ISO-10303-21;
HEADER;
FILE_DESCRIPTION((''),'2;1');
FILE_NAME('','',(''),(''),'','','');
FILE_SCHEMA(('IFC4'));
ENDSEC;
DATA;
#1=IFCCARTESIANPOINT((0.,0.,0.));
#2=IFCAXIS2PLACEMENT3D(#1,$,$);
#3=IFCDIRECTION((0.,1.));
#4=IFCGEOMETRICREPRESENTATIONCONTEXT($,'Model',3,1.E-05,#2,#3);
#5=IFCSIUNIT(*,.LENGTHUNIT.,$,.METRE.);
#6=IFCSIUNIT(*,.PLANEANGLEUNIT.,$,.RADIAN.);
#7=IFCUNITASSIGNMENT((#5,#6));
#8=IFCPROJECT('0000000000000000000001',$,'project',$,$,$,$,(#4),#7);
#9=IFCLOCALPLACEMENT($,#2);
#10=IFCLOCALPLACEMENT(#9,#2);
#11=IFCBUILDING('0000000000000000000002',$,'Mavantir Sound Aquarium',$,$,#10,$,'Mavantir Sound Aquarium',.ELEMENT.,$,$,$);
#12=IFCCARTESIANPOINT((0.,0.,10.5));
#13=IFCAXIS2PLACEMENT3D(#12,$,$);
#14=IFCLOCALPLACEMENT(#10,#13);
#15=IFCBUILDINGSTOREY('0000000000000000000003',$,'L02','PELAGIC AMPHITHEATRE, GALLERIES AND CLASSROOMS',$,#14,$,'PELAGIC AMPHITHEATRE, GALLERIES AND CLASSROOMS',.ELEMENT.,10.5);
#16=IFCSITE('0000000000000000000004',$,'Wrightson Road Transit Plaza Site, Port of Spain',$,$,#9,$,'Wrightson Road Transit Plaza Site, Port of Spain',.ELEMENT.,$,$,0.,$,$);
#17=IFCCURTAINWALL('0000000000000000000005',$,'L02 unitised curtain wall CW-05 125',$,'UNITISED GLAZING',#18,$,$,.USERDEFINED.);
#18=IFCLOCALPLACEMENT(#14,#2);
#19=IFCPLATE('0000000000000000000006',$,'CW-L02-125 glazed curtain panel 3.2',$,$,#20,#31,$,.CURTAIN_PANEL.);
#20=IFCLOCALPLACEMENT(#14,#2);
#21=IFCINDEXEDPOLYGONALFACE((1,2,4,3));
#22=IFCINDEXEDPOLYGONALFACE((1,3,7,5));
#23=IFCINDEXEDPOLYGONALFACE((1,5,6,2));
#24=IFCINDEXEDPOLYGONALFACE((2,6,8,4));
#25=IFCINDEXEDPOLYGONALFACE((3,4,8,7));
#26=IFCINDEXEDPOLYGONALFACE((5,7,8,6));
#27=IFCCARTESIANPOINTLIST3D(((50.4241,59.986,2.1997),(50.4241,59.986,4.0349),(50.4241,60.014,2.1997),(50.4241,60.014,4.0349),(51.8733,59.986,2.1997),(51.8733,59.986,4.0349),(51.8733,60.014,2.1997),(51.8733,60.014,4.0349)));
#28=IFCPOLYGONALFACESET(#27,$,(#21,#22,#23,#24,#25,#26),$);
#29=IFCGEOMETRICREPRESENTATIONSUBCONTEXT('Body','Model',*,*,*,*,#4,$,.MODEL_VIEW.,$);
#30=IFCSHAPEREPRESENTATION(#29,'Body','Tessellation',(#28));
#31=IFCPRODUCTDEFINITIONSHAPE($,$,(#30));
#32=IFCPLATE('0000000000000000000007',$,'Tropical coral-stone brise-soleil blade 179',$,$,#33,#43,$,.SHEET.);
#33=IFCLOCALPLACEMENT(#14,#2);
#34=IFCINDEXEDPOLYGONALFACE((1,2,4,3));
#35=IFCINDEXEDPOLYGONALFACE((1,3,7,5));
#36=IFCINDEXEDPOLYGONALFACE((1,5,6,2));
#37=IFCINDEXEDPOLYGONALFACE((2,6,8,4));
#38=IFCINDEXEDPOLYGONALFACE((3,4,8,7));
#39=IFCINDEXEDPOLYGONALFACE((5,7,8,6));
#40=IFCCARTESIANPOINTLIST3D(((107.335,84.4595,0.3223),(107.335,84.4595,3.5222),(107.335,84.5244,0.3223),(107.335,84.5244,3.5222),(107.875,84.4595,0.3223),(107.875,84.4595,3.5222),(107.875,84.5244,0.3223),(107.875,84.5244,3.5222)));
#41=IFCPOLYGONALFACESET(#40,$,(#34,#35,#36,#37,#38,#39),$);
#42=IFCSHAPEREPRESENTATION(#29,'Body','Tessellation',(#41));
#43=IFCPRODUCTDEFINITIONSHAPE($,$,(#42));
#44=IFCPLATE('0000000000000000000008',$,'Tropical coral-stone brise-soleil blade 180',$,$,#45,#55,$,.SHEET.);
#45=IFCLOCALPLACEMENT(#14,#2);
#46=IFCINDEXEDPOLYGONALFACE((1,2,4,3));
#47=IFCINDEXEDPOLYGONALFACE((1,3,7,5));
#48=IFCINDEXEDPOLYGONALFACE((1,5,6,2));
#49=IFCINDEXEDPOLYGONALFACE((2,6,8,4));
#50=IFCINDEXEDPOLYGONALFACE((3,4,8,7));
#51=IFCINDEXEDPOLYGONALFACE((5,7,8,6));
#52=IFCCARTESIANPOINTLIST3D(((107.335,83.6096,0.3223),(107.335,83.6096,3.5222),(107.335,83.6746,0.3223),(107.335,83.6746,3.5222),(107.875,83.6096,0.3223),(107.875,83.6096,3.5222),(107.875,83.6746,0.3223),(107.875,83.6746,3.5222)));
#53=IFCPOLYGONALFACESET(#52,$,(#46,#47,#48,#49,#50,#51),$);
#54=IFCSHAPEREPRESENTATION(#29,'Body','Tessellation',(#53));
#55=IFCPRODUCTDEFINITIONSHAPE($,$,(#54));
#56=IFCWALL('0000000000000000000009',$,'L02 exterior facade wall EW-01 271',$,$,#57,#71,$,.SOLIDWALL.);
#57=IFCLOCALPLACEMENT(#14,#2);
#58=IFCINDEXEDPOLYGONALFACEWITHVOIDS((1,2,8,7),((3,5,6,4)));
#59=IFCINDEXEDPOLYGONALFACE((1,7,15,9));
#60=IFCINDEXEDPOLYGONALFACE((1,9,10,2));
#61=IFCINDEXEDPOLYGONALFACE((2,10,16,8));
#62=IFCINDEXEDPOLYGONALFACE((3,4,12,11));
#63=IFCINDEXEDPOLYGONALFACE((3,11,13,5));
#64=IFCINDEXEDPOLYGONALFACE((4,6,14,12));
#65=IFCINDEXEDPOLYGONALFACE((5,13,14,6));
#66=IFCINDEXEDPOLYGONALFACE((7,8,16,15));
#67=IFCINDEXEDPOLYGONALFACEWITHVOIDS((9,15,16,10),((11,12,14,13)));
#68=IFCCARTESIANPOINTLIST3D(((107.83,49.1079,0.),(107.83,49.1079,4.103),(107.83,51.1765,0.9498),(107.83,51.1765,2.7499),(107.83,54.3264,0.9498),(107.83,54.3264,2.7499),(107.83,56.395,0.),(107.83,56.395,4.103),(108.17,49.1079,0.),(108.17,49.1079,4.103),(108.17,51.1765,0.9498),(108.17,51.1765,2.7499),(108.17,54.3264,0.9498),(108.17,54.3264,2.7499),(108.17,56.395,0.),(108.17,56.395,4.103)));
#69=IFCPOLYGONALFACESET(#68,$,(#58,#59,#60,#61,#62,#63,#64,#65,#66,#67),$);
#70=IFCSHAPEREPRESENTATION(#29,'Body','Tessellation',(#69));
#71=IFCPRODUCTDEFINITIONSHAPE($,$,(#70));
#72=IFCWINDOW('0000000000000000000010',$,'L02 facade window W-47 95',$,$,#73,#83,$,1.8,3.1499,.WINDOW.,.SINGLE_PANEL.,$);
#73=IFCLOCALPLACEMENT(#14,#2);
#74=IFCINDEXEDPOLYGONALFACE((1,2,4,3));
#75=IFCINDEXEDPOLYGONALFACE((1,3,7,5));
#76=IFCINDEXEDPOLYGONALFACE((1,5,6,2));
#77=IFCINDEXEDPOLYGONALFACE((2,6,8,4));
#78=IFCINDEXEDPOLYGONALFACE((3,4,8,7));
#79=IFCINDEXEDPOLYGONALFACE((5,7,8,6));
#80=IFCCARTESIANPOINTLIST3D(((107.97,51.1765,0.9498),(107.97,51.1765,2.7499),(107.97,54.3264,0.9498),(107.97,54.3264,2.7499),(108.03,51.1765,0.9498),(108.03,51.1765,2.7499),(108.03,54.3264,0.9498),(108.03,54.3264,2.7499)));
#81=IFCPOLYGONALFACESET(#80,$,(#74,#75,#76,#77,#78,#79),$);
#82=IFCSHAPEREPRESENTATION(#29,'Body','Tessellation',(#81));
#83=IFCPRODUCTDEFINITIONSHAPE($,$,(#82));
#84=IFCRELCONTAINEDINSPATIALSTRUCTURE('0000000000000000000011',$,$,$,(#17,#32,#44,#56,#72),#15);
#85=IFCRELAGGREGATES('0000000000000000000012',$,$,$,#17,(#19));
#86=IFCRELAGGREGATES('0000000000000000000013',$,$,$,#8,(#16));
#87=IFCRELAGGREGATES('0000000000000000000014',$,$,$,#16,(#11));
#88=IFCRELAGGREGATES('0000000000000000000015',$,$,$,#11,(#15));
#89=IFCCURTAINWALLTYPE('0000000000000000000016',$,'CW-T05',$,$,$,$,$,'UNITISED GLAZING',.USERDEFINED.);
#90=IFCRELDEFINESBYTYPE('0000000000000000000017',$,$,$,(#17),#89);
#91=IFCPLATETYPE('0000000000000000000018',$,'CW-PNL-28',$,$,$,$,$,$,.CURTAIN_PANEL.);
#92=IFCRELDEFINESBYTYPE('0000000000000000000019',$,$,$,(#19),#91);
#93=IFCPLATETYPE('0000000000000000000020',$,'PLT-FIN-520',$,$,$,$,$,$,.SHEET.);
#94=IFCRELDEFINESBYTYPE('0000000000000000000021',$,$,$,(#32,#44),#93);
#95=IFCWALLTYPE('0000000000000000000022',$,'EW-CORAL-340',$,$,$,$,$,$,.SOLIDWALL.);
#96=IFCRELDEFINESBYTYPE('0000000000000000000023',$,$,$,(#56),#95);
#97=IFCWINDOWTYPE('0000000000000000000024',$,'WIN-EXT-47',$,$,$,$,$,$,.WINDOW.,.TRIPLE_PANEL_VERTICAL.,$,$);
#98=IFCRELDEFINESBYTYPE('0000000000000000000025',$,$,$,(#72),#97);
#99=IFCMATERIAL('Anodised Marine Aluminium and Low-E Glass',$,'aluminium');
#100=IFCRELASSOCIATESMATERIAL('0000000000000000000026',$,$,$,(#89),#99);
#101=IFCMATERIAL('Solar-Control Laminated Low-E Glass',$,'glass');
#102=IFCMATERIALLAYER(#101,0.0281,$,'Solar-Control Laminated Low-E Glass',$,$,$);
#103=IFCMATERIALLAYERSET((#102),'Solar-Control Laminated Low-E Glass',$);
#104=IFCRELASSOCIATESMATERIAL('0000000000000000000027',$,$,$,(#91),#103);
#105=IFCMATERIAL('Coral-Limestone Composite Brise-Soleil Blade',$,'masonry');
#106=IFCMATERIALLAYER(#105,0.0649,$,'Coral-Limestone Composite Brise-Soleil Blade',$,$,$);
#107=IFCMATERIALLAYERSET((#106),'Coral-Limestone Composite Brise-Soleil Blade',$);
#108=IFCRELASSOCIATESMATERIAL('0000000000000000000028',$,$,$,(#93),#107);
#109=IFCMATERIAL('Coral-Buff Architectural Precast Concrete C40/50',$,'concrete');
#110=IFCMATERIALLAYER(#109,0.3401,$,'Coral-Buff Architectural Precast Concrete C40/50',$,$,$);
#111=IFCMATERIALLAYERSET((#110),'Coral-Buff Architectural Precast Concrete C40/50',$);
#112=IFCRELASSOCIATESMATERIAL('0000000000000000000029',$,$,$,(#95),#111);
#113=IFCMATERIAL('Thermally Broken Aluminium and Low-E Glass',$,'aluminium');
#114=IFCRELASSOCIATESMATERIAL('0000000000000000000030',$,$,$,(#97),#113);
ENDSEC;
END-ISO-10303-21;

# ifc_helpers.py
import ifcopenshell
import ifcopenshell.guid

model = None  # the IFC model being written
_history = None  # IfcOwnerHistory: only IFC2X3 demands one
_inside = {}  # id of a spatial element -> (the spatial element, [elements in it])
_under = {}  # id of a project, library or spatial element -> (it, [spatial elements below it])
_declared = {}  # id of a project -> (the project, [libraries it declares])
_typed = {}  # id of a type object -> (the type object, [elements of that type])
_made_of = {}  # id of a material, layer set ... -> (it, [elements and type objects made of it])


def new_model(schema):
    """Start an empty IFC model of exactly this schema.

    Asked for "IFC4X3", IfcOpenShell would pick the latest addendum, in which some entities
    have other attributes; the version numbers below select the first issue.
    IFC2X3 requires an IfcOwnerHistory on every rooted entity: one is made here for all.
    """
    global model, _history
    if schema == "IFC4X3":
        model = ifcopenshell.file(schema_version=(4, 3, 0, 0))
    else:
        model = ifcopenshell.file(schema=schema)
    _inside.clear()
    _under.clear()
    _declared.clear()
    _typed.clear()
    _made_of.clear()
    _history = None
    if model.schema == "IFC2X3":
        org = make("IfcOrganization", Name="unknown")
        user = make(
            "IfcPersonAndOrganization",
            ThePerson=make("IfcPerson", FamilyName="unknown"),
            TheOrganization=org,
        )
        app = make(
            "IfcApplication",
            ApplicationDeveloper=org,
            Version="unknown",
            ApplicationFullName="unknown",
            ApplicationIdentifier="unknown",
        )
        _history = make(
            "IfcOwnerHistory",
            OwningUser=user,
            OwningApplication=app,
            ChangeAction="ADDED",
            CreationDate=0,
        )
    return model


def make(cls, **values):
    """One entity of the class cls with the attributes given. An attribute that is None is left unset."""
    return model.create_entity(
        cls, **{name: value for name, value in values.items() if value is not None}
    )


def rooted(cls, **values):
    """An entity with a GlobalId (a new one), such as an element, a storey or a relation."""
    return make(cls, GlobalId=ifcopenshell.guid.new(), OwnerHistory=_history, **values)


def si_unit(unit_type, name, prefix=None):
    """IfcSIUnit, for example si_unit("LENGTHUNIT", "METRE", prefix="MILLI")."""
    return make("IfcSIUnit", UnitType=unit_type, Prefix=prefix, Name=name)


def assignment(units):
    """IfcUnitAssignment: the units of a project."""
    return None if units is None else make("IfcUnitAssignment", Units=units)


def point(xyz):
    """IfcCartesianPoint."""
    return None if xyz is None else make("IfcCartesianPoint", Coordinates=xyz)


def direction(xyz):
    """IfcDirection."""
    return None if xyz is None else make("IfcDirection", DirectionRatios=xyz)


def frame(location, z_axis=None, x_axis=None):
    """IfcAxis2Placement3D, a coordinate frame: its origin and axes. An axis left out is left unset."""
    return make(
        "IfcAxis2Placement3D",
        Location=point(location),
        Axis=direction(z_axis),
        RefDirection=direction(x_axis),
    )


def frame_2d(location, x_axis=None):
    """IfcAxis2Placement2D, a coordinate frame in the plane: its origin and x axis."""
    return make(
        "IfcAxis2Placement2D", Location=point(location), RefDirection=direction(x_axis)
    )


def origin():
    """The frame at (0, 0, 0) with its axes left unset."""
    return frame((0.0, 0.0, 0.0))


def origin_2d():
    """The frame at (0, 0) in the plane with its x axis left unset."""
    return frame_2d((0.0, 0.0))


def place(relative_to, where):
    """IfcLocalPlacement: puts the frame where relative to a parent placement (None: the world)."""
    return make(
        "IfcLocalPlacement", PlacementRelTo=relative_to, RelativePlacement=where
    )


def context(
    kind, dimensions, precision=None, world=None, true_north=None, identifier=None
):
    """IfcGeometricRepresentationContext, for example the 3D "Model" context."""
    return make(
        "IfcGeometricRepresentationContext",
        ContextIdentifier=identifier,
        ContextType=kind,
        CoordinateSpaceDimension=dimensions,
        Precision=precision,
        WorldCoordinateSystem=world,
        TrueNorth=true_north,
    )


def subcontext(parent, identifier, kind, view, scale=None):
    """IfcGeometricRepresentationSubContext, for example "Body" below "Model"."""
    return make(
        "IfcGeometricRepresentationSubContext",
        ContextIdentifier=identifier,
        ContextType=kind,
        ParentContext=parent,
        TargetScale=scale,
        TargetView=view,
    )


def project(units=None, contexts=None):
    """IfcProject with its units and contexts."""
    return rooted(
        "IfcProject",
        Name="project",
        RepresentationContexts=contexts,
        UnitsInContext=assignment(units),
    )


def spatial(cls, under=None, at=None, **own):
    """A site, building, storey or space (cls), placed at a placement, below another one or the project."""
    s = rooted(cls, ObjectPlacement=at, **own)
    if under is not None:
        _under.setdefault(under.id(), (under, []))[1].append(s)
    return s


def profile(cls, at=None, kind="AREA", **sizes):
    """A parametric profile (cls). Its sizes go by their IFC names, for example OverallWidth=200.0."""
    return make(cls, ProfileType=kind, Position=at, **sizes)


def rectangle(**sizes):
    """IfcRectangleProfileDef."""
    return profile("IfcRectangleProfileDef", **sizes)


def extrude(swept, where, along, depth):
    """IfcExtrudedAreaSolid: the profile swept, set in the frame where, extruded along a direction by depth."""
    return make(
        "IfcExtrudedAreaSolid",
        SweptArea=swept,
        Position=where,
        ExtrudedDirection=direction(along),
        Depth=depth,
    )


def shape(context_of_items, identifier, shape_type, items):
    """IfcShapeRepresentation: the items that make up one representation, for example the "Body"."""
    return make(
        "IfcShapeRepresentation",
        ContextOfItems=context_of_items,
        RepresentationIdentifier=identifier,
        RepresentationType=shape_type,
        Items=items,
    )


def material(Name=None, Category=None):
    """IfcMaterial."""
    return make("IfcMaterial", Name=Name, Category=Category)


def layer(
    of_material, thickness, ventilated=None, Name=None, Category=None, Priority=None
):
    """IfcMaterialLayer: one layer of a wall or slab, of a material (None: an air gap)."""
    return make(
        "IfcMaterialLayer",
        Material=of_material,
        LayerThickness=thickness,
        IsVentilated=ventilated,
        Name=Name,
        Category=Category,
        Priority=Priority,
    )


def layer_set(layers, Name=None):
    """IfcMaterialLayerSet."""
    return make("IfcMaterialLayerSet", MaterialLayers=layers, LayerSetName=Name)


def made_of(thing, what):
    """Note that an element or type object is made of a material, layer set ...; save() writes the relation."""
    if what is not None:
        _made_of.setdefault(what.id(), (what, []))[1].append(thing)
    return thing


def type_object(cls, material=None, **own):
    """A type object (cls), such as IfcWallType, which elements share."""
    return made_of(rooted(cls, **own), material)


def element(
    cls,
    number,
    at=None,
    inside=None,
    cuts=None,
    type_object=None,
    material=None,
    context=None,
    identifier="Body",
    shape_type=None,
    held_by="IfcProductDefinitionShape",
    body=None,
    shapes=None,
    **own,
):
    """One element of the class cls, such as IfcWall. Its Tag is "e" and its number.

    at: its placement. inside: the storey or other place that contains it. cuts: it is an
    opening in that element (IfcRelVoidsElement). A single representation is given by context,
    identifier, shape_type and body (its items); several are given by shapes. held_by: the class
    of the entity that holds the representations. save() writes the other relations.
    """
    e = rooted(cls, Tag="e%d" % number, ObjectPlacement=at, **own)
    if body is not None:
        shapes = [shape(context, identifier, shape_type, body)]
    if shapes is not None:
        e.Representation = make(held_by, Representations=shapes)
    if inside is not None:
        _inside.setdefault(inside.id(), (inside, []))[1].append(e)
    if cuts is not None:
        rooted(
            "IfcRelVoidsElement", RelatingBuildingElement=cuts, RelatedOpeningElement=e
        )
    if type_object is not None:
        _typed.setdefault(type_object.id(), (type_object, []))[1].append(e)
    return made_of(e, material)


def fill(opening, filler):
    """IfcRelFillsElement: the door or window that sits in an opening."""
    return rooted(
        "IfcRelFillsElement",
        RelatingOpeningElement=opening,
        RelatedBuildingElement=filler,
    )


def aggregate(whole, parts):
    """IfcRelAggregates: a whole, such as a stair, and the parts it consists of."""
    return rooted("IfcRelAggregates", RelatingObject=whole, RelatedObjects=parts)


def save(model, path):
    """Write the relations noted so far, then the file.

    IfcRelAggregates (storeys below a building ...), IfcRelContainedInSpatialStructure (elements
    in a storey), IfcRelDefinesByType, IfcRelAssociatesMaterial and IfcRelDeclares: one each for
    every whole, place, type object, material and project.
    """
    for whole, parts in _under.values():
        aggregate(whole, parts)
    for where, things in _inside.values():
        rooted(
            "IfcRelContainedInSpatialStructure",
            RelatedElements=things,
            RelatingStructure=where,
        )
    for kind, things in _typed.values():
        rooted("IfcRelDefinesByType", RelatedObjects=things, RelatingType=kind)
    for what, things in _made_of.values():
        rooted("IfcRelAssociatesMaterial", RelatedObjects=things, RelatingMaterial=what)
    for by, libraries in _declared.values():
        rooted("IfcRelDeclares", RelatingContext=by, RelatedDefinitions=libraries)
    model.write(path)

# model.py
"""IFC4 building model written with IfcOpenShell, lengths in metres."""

from ifc_helpers import new_model, si_unit, direction, frame, frame_2d, origin, origin_2d, place, context, subcontext, project, spatial, rectangle, extrude, material, layer, layer_set, type_object, element, fill, aggregate, save


model = new_model("IFC4")

# Units and contexts
model_context = context("Model", 3, precision=1e-05, world=origin(), true_north=direction((0.0, 1.0)))
body_context = subcontext(model_context, "Body", "Model", "MODEL_VIEW")
ifc_project = project(units=[si_unit("LENGTHUNIT", "METRE"), si_unit("PLANEANGLEUNIT", "RADIAN")], contexts=[model_context])

# Site, building, storey
site_placement = place(None, origin())
site = spatial("IfcSite", under=ifc_project, at=site_placement, Name="Wrightson Road Transit Plaza Site, Port of Spain", LongName="Wrightson Road Transit Plaza Site, Port of Spain", CompositionType="ELEMENT", RefElevation=0.0)
building_placement = place(site_placement, origin())
building = spatial("IfcBuilding", under=site, at=building_placement, Name="Mavantir Sound Aquarium", LongName="Mavantir Sound Aquarium", CompositionType="ELEMENT")
storey_placement = place(building_placement, frame((0.0, 0.0, 10.5)))
storey = spatial("IfcBuildingStorey", under=building, at=storey_placement, Name="L02", Description="PELAGIC AMPHITHEATRE, GALLERIES AND CLASSROOMS", LongName="PELAGIC AMPHITHEATRE, GALLERIES AND CLASSROOMS", CompositionType="ELEMENT", Elevation=10.5)

# Curtain wall, plate
ifc_material_1 = material(Name="Anodised Marine Aluminium and Low-E Glass", Category="aluminium")
curtain_wall_type = type_object("IfcCurtainWallType", Name="CW-T05", ElementType="UNITISED GLAZING", PredefinedType="USERDEFINED", material=ifc_material_1)
curtain_wall_placement = place(storey_placement, origin())
curtain_wall = element("IfcCurtainWall", 1, at=curtain_wall_placement, inside=storey, type_object=curtain_wall_type, Name="L02 unitised curtain wall CW-05 125", ObjectType="UNITISED GLAZING", PredefinedType="USERDEFINED")
ifc_material_2 = material(Name="Solar-Control Laminated Low-E Glass", Category="glass")
ifc_layer_1 = layer(ifc_material_2, 0.0281, Name="Solar-Control Laminated Low-E Glass")
ifc_layer_set_1 = layer_set([ifc_layer_1], Name="Solar-Control Laminated Low-E Glass")
plate_type_1 = type_object("IfcPlateType", Name="CW-PNL-28", PredefinedType="CURTAIN_PANEL", material=ifc_layer_set_1)
plate_1_placement = place(storey_placement, frame((51.1487, 60.0, 2.1997), z_axis=(0.0, 0.0, 1.0), x_axis=(-1.0, 0.0, 0.0)))
plate_1 = element("IfcPlate", 2, at=plate_1_placement, type_object=plate_type_1, Name="CW-L02-125 glazed curtain panel 3.2", PredefinedType="CURTAIN_PANEL", context=body_context, shape_type="SweptSolid", body=[
    extrude(rectangle(XDim=1.4492, YDim=0.0281, at=origin_2d()), origin(), (0.0, 0.0, 1.0), 1.8352),
])
aggregate(curtain_wall, [plate_1])

# Plates
ifc_material_3 = material(Name="Coral-Limestone Composite Brise-Soleil Blade", Category="masonry")
ifc_layer_2 = layer(ifc_material_3, 0.0649, Name="Coral-Limestone Composite Brise-Soleil Blade")
ifc_layer_set_2 = layer_set([ifc_layer_2], Name="Coral-Limestone Composite Brise-Soleil Blade")
plate_type_2 = type_object("IfcPlateType", Name="PLT-FIN-520", PredefinedType="SHEET", material=ifc_layer_set_2)
for number, where, z_axis, x_axis, name in (
    (3, (107.605, 84.4919, 0.3223), (0.0, 0.0, 1.0), (0.0, 1.0, 0.0), "Tropical coral-stone brise-soleil blade 179"),
    (4, (107.605, 83.6421, 0.3223), (0.0, 0.0, 1.0), (0.0, 1.0, 0.0), "Tropical coral-stone brise-soleil blade 180"),
):
    element("IfcPlate", number, at=place(storey_placement, frame(where, z_axis=z_axis, x_axis=x_axis)), inside=storey, type_object=plate_type_2, Name=name, PredefinedType="SHEET", context=body_context, shape_type="SweptSolid", body=[
        extrude(rectangle(XDim=0.0649, YDim=0.54, at=origin_2d()), origin(), (0.0, 0.0, 1.0), 3.2),
    ])

# Wall, opening, window
ifc_material_4 = material(Name="Coral-Buff Architectural Precast Concrete C40/50", Category="concrete")
ifc_layer_3 = layer(ifc_material_4, 0.3401, Name="Coral-Buff Architectural Precast Concrete C40/50")
ifc_layer_set_3 = layer_set([ifc_layer_3], Name="Coral-Buff Architectural Precast Concrete C40/50")
wall_type = type_object("IfcWallType", Name="EW-CORAL-340", PredefinedType="SOLIDWALL", material=ifc_layer_set_3)
wall_placement = place(storey_placement, frame((108.0, 56.395, 0.0), z_axis=(0.0, 0.0, 1.0), x_axis=(0.0, -1.0, 0.0)))
wall = element("IfcWall", 5, at=wall_placement, inside=storey, type_object=wall_type, Name="L02 exterior facade wall EW-01 271", PredefinedType="SOLIDWALL", context=body_context, shape_type="SweptSolid", body=[
    extrude(rectangle(XDim=7.2871, YDim=0.3401, at=frame_2d((3.6436, 0.0))), origin(), (0.0, 0.0, 1.0), 4.103),
])
opening_placement = place(wall_placement, frame((2.0686, 0.0, 0.95)))
opening = element("IfcOpeningElement", 6, at=opening_placement, cuts=wall, PredefinedType="OPENING", context=body_context, shape_type="SweptSolid", body=[
    extrude(rectangle(XDim=3.1499, YDim=1.8, at=frame_2d((1.575, 0.8999))), frame((0.0, 0.1802, 0.0), z_axis=(0.0, -1.0, 0.0), x_axis=(1.0, 0.0, 0.0)), (0.0, 0.0, 1.0), 0.3601),
])
ifc_material_5 = material(Name="Thermally Broken Aluminium and Low-E Glass", Category="aluminium")
window_type = type_object("IfcWindowType", Name="WIN-EXT-47", PartitioningType="TRIPLE_PANEL_VERTICAL", PredefinedType="WINDOW", material=ifc_material_5)
window_placement = place(opening_placement, origin())
window = element("IfcWindow", 7, at=window_placement, inside=storey, type_object=window_type, Name="L02 facade window W-47 95", OverallHeight=1.8, OverallWidth=3.1499, PartitioningType="SINGLE_PANEL", PredefinedType="WINDOW", context=body_context, shape_type="SweptSolid", body=[
    extrude(rectangle(XDim=3.1499, YDim=1.8, at=frame_2d((1.575, 0.8999))), frame((0.0, 0.03, 0.0), z_axis=(0.0, -1.0, 0.0), x_axis=(1.0, 0.0, 0.0)), (0.0, 0.0, 1.0), 0.0601),
])
fill(opening, window)

save(model, "model.ifc")
